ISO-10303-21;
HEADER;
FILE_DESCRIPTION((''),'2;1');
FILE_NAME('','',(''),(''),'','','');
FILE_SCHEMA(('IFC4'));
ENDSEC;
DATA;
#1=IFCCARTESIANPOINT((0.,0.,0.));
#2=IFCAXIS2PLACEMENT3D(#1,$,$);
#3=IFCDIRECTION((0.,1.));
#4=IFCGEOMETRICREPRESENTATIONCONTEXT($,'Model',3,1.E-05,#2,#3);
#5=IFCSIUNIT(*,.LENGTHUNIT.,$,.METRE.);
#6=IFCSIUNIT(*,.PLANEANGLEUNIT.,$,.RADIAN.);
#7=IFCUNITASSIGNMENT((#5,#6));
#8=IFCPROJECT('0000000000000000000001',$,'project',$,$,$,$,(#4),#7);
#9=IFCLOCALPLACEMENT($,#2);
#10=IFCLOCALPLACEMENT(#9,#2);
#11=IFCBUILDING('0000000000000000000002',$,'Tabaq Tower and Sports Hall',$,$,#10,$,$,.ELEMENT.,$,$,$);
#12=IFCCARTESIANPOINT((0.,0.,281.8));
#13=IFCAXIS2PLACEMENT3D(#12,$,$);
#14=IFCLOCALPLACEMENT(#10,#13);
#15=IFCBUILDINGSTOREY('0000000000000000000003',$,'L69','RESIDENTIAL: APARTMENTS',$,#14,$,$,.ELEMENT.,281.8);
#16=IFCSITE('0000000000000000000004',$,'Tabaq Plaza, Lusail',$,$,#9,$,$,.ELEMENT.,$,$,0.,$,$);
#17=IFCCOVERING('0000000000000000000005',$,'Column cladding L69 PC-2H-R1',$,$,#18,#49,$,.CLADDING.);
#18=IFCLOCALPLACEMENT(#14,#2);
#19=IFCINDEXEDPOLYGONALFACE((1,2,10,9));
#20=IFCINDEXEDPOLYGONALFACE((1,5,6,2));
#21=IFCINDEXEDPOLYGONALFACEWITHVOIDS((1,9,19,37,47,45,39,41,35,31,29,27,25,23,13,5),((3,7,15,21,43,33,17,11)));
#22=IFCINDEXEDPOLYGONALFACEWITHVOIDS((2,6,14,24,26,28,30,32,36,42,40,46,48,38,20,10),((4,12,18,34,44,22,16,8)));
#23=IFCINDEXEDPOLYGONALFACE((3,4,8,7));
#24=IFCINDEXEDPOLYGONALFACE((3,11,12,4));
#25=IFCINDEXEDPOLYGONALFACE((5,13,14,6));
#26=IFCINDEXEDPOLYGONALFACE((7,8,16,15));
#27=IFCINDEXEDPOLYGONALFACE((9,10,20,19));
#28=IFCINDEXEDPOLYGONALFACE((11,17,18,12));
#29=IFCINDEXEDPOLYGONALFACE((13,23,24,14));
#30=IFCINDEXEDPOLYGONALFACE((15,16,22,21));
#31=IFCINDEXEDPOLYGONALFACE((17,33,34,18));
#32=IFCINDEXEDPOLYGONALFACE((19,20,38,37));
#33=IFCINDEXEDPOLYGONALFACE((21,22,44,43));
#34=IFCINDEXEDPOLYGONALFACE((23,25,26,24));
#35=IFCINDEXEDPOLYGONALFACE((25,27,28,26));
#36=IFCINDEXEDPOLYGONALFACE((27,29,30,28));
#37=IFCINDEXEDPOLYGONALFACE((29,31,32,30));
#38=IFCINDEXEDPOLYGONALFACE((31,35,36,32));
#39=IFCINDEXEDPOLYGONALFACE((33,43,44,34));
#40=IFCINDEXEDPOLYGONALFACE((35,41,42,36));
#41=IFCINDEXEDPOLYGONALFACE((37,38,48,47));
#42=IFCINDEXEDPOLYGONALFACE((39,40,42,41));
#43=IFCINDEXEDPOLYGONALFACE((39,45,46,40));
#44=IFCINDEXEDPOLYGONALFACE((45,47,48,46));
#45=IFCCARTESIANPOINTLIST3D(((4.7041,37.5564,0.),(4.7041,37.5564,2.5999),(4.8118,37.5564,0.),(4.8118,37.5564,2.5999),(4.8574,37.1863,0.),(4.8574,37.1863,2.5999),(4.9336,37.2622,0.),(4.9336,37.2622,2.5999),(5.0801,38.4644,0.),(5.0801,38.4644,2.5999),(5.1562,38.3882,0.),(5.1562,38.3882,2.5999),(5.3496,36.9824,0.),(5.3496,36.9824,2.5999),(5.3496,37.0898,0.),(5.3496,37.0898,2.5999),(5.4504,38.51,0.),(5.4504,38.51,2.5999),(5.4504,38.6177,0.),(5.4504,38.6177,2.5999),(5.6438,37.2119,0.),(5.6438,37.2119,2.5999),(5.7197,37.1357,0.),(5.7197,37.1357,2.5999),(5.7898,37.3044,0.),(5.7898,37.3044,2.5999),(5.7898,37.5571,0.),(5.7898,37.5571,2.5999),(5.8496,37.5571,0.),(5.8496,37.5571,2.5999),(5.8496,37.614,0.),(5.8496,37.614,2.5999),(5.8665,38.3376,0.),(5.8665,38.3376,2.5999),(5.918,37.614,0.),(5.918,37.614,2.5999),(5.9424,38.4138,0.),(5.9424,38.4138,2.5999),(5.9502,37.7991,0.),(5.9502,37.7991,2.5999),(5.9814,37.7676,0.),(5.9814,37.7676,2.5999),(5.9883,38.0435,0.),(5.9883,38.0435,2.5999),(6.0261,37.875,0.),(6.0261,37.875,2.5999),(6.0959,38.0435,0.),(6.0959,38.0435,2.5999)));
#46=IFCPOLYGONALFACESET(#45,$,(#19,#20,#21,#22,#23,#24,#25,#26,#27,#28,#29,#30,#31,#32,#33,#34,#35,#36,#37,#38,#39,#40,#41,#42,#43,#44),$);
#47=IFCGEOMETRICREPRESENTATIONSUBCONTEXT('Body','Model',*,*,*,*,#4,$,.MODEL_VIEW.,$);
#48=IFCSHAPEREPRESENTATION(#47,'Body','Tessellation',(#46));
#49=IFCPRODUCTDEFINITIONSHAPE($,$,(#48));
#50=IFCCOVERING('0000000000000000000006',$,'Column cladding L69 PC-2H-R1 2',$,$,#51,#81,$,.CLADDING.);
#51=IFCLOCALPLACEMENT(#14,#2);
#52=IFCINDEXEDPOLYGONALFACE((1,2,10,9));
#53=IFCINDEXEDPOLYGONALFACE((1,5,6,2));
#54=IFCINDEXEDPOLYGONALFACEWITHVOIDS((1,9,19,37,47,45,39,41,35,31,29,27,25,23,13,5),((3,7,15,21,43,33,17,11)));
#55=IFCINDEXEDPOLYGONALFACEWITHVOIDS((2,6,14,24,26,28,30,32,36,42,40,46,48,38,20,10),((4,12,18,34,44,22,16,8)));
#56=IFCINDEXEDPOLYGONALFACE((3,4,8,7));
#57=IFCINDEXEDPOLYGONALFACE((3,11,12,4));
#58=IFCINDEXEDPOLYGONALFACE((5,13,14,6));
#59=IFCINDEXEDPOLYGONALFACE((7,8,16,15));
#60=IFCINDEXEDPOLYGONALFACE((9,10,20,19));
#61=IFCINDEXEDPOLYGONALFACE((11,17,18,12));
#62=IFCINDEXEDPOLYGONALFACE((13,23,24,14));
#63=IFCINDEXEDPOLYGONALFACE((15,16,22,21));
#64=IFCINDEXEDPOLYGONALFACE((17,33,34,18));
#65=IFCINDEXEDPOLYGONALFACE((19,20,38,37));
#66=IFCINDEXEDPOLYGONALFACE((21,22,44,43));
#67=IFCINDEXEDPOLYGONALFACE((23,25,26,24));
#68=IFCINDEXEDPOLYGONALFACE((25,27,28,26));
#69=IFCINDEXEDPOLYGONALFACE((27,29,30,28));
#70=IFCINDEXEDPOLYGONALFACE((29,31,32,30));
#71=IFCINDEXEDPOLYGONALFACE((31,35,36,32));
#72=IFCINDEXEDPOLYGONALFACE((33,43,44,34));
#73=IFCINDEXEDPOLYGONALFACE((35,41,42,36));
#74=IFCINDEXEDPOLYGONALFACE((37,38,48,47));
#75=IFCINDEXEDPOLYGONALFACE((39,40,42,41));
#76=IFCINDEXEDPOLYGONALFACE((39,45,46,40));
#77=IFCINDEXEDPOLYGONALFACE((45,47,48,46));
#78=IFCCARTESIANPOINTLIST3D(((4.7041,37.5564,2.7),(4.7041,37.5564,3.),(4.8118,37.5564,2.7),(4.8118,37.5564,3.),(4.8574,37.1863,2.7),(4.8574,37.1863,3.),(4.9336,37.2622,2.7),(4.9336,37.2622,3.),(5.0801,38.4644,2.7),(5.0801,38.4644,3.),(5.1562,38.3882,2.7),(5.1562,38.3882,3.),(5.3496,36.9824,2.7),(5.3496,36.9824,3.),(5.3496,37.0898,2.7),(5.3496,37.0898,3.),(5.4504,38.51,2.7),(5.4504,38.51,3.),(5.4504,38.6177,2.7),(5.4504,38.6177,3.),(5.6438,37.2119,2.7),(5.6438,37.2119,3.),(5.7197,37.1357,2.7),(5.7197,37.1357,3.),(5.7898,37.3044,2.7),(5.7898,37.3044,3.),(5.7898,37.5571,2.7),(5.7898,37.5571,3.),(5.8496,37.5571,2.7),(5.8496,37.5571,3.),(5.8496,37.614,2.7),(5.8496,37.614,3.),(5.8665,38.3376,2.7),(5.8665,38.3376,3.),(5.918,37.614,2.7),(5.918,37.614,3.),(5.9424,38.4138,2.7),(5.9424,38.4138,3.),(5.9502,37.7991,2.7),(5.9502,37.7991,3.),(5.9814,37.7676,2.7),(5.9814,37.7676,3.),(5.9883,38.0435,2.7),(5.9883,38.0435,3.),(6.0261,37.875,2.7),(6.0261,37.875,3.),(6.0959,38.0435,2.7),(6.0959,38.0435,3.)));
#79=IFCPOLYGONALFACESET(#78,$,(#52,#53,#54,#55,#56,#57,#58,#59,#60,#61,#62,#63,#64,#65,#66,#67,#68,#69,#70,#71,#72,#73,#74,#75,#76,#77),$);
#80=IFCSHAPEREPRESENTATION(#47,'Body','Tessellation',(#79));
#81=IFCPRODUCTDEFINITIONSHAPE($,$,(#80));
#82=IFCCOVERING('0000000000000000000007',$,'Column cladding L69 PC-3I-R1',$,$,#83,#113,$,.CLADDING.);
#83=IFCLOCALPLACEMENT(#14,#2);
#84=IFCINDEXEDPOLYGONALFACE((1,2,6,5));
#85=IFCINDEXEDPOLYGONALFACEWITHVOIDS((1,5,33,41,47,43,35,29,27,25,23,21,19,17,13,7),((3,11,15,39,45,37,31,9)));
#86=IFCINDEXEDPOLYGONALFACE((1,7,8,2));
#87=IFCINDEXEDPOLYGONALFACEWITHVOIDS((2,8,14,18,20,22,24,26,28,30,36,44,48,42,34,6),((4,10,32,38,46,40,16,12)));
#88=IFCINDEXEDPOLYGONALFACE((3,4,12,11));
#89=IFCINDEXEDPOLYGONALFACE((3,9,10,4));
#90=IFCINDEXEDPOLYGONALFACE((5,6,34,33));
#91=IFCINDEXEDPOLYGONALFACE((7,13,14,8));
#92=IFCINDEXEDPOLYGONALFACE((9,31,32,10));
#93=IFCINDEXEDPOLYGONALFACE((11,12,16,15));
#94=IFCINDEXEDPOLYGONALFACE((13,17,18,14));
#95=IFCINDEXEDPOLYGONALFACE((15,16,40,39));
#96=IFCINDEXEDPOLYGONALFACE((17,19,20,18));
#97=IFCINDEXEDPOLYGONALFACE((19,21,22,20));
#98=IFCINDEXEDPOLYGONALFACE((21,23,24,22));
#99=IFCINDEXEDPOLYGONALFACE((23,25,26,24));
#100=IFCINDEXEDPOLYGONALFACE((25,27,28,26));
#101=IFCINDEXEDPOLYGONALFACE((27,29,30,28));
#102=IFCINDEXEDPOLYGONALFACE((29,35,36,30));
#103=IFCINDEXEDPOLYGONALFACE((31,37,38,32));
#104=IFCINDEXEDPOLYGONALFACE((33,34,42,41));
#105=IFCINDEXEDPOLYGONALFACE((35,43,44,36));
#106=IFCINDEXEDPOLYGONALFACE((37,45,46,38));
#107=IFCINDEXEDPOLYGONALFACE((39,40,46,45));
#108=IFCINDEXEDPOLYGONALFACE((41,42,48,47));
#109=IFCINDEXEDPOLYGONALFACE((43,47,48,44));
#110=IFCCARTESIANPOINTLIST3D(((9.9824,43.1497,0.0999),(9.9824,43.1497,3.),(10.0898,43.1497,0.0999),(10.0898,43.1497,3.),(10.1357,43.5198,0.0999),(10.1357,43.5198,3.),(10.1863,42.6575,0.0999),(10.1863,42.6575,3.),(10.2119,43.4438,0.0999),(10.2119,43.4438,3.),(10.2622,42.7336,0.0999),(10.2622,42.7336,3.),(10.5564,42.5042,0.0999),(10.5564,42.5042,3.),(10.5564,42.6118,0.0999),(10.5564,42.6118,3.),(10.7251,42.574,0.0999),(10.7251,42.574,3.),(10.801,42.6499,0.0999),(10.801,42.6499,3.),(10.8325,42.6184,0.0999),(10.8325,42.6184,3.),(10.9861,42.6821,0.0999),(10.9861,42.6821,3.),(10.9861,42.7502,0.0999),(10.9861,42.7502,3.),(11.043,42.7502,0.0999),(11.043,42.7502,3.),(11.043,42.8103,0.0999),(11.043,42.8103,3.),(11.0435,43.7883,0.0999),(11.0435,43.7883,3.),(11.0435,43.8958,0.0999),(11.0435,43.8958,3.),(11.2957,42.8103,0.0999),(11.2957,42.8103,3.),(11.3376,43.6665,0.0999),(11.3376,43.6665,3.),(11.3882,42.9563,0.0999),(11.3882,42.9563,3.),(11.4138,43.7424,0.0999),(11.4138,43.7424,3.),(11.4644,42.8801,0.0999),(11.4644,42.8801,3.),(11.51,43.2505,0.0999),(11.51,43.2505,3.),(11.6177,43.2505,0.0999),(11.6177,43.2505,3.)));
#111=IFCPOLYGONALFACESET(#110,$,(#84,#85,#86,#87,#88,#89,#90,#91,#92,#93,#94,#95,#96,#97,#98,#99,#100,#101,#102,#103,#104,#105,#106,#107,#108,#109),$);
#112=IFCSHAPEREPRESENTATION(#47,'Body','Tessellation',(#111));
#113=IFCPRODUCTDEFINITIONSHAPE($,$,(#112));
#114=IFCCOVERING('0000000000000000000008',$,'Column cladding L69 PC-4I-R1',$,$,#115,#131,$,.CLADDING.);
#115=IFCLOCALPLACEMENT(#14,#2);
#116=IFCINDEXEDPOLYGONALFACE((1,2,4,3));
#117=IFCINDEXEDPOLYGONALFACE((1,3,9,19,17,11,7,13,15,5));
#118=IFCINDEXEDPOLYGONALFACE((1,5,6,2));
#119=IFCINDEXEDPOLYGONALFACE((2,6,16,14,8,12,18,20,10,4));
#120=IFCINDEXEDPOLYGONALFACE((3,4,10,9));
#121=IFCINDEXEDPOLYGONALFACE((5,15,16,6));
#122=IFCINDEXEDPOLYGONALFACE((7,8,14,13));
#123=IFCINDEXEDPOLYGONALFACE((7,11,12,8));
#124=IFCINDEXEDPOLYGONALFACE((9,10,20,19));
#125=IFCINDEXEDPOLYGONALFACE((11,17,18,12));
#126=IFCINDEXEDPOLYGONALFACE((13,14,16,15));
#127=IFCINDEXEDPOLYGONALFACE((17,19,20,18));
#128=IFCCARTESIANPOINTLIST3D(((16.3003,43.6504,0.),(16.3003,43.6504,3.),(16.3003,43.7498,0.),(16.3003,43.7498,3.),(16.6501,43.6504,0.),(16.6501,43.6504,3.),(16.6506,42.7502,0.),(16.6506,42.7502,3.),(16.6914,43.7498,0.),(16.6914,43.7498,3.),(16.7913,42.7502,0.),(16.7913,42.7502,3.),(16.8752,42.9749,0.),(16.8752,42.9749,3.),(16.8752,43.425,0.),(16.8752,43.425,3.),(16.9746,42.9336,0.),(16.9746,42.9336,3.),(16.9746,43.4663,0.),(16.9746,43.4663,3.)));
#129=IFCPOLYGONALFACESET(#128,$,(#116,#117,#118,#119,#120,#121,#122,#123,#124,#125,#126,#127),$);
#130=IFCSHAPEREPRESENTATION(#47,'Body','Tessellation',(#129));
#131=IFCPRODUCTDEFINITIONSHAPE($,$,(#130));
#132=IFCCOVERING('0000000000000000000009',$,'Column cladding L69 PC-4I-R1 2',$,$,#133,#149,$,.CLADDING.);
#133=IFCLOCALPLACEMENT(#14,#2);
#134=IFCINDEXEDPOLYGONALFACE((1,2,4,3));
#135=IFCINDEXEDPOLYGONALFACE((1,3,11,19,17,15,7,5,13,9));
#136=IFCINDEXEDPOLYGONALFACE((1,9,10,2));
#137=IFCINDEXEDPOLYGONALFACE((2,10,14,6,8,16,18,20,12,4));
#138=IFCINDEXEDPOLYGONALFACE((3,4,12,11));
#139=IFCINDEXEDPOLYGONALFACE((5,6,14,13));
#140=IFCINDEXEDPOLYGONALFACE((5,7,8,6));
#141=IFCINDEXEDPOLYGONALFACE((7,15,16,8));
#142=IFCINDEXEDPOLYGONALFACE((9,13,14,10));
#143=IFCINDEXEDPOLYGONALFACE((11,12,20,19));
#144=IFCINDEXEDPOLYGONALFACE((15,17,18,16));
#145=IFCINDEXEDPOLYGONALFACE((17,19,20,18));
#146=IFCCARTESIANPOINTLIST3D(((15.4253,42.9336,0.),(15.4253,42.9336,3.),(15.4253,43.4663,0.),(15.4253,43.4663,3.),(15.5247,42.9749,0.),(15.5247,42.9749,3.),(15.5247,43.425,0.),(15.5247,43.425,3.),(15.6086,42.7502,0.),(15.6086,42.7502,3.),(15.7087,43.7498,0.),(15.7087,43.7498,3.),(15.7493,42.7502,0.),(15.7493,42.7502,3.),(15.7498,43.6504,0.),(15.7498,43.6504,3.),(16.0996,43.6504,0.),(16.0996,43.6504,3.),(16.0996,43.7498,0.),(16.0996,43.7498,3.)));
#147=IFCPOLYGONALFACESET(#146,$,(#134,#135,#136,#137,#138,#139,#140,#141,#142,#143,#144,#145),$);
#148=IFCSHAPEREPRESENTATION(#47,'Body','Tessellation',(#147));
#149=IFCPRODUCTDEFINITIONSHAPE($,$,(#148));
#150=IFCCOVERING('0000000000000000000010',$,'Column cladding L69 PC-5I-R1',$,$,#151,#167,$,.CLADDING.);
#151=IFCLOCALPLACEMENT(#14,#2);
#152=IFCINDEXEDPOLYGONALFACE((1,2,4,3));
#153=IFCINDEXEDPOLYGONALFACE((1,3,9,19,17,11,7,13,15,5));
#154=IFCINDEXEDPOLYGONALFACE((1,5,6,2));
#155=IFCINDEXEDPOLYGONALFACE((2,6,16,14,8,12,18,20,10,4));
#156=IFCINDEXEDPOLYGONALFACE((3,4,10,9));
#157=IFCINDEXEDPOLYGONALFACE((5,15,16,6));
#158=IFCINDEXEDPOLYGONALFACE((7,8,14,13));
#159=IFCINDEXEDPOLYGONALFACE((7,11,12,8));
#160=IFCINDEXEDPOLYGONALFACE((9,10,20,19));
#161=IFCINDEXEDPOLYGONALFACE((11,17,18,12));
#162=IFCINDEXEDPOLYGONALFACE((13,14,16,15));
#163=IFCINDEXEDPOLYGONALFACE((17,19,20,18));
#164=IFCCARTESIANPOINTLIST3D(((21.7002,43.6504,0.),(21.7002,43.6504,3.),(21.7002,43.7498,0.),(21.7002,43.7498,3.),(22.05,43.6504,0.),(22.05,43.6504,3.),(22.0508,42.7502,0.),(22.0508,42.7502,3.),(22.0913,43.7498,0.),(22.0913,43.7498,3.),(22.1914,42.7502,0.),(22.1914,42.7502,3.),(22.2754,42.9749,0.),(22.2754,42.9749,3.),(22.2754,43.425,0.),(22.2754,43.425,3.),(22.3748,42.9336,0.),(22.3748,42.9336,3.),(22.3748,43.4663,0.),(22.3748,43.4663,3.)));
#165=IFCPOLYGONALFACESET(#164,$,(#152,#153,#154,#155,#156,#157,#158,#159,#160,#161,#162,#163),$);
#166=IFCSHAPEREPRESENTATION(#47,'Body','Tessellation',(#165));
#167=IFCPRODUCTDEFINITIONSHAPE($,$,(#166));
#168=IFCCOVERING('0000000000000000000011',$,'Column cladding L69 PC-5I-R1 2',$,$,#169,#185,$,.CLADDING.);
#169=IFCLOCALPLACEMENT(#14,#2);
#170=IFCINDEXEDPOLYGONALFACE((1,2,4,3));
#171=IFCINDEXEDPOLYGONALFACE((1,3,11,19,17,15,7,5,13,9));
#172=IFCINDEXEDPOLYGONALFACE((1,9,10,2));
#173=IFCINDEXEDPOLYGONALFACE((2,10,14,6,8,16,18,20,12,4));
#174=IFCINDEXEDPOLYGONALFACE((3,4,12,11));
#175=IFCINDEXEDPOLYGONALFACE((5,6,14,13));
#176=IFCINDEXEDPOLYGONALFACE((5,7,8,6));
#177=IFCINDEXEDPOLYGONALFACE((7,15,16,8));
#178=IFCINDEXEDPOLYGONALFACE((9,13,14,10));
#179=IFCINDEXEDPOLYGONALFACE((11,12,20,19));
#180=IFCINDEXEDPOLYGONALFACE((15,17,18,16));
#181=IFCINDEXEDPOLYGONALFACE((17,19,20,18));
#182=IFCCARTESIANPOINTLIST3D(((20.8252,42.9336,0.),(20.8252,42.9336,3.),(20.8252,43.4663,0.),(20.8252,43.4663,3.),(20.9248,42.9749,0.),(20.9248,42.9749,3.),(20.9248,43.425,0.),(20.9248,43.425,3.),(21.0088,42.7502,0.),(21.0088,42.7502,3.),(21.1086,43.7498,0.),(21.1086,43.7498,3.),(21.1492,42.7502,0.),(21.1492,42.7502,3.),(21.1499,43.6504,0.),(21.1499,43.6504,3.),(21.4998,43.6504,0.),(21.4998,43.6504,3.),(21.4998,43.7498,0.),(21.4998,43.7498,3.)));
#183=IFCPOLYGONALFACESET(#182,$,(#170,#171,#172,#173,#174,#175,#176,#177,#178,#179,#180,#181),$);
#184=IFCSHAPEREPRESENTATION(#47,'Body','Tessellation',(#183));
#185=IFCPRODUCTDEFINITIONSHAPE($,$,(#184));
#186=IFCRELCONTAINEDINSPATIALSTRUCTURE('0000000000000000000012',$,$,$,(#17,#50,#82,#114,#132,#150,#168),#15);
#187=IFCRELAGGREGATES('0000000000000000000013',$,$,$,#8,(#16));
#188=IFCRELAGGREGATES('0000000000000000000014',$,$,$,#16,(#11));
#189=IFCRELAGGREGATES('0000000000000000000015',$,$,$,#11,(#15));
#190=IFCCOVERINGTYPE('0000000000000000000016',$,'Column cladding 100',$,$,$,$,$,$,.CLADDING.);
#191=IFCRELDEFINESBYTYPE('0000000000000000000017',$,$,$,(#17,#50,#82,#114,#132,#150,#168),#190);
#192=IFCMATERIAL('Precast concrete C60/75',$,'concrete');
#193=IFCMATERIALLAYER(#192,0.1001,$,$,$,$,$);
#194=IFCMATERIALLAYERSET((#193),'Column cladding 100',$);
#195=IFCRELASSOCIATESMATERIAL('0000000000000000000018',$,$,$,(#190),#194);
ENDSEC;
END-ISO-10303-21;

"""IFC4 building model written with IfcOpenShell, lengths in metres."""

from ifc_helpers import new_model, si_unit, direction, frame, origin, place, context, subcontext, project, spatial, polyline, outline, extrude, material, layer, layer_set, type_object, element, save


model = new_model("IFC4")

# Units and contexts
model_context = context("Model", 3, precision=1e-05, world=origin(), true_north=direction((0.0, 1.0)))
body_context = subcontext(model_context, "Body", "Model", "MODEL_VIEW")
ifc_project = project(units=[si_unit("LENGTHUNIT", "METRE"), si_unit("PLANEANGLEUNIT", "RADIAN")], contexts=[model_context])

# Site, building, storey
site_placement = place(None, origin())
site = spatial("IfcSite", under=ifc_project, at=site_placement, Name="Tabaq Plaza, Lusail", CompositionType="ELEMENT", RefElevation=0.0)
building_placement = place(site_placement, origin())
building = spatial("IfcBuilding", under=site, at=building_placement, Name="Tabaq Tower and Sports Hall", CompositionType="ELEMENT")
storey_placement = place(building_placement, frame((0.0, 0.0, 281.8)))
storey = spatial("IfcBuildingStorey", under=building, at=storey_placement, Name="L69", Description="RESIDENTIAL: APARTMENTS", CompositionType="ELEMENT", Elevation=281.8)

# Coverings
ifc_material_1 = material(Name="Precast concrete C60/75", Category="concrete")
ifc_layer_1 = layer(ifc_material_1, 0.1001)
ifc_layer_set_1 = layer_set([ifc_layer_1], Name="Column cladding 100")
covering_type_1 = type_object("IfcCoveringType", Name="Column cladding 100", PredefinedType="CLADDING", material=ifc_layer_set_1)
covering_1_placement = place(storey_placement, origin())
element("IfcCovering", 1, at=covering_1_placement, inside=storey, type_object=covering_type_1, Name="Column cladding L69 PC-2H-R1", PredefinedType="CLADDING", context=body_context, shape_type="SweptSolid", body=[
    extrude(outline(polyline([(4.8574, 37.1863), (4.7041, 37.5564), (5.0801, 38.4644), (5.4504, 38.6177), (5.9424, 38.4138), (6.0959, 38.0435), (6.0261, 37.875), (5.9502, 37.7991), (5.9814, 37.7676), (5.918, 37.614), (5.8496, 37.614), (5.8496, 37.5571), (5.7898, 37.5571), (5.7898, 37.3044), (5.7197, 37.1357), (5.3496, 36.9824), (4.8574, 37.1863)]), holes=[polyline([(5.8665, 38.3376), (5.4504, 38.51), (5.1562, 38.3882), (4.8118, 37.5564), (4.9336, 37.2622), (5.3496, 37.0898), (5.6438, 37.2119), (5.9883, 38.0435), (5.8665, 38.3376)])]), origin(), (0.0, 0.0, 1.0), 2.5999),
])
covering_2_placement = place(storey_placement, frame((0.0, 0.0, 2.7)))
element("IfcCovering", 2, at=covering_2_placement, inside=storey, type_object=covering_type_1, Name="Column cladding L69 PC-2H-R1 2", PredefinedType="CLADDING", context=body_context, shape_type="SweptSolid", body=[
    extrude(outline(polyline([(4.8574, 37.1863), (4.7041, 37.5564), (5.0801, 38.4644), (5.4504, 38.6177), (5.9424, 38.4138), (6.0959, 38.0435), (6.0261, 37.875), (5.9502, 37.7991), (5.9814, 37.7676), (5.918, 37.614), (5.8496, 37.614), (5.8496, 37.5571), (5.7898, 37.5571), (5.7898, 37.3044), (5.7197, 37.1357), (5.3496, 36.9824), (4.8574, 37.1863)]), holes=[polyline([(5.8665, 38.3376), (5.4504, 38.51), (5.1562, 38.3882), (4.8118, 37.5564), (4.9336, 37.2622), (5.3496, 37.0898), (5.6438, 37.2119), (5.9883, 38.0435), (5.8665, 38.3376)])]), origin(), (0.0, 0.0, 1.0), 0.3),
])
covering_3_placement = place(storey_placement, frame((0.0, 0.0, 0.0999)))
element("IfcCovering", 3, at=covering_3_placement, inside=storey, type_object=covering_type_1, Name="Column cladding L69 PC-3I-R1", PredefinedType="CLADDING", context=body_context, shape_type="SweptSolid", body=[
    extrude(outline(polyline([(9.9824, 43.1497), (10.1357, 43.5198), (11.0435, 43.8958), (11.4138, 43.7424), (11.6177, 43.2505), (11.4644, 42.8801), (11.2957, 42.8103), (11.043, 42.8103), (11.043, 42.7502), (10.9861, 42.7502), (10.9861, 42.6821), (10.8325, 42.6184), (10.801, 42.6499), (10.7251, 42.574), (10.5564, 42.5042), (10.1863, 42.6575), (9.9824, 43.1497)]), holes=[polyline([(11.51, 43.2505), (11.3376, 43.6665), (11.0435, 43.7883), (10.2119, 43.4438), (10.0898, 43.1497), (10.2622, 42.7336), (10.5564, 42.6118), (11.3882, 42.9563), (11.51, 43.2505)])]), origin(), (0.0, 0.0, 1.0), 2.9001),
])
covering_4_placement = place(storey_placement, origin())
element("IfcCovering", 4, at=covering_4_placement, inside=storey, type_object=covering_type_1, Name="Column cladding L69 PC-4I-R1", PredefinedType="CLADDING", context=body_context, shape_type="SweptSolid", body=[
    extrude(outline(polyline([(16.6914, 43.7498), (16.9746, 43.4663), (16.9746, 42.9336), (16.7913, 42.7502), (16.6506, 42.7502), (16.8752, 42.9749), (16.8752, 43.425), (16.6501, 43.6504), (16.3003, 43.6504), (16.3003, 43.7498), (16.6914, 43.7498)])), origin(), (0.0, 0.0, 1.0), 3.0),
])
covering_5_placement = place(storey_placement, origin())
element("IfcCovering", 5, at=covering_5_placement, inside=storey, type_object=covering_type_1, Name="Column cladding L69 PC-4I-R1 2", PredefinedType="CLADDING", context=body_context, shape_type="SweptSolid", body=[
    extrude(outline(polyline([(15.4253, 43.4663), (15.7087, 43.7498), (16.0996, 43.7498), (16.0996, 43.6504), (15.7498, 43.6504), (15.5247, 43.425), (15.5247, 42.9749), (15.7493, 42.7502), (15.6086, 42.7502), (15.4253, 42.9336), (15.4253, 43.4663)])), origin(), (0.0, 0.0, 1.0), 3.0),
])
covering_6_placement = place(storey_placement, origin())
element("IfcCovering", 6, at=covering_6_placement, inside=storey, type_object=covering_type_1, Name="Column cladding L69 PC-5I-R1", PredefinedType="CLADDING", context=body_context, shape_type="SweptSolid", body=[
    extrude(outline(polyline([(22.0913, 43.7498), (22.3748, 43.4663), (22.3748, 42.9336), (22.1914, 42.7502), (22.0508, 42.7502), (22.2754, 42.9749), (22.2754, 43.425), (22.05, 43.6504), (21.7002, 43.6504), (21.7002, 43.7498), (22.0913, 43.7498)])), origin(), (0.0, 0.0, 1.0), 3.0),
])
covering_7_placement = place(storey_placement, origin())
element("IfcCovering", 7, at=covering_7_placement, inside=storey, type_object=covering_type_1, Name="Column cladding L69 PC-5I-R1 2", PredefinedType="CLADDING", context=body_context, shape_type="SweptSolid", body=[
    extrude(outline(polyline([(20.8252, 43.4663), (21.1086, 43.7498), (21.4998, 43.7498), (21.4998, 43.6504), (21.1499, 43.6504), (20.9248, 43.425), (20.9248, 42.9749), (21.1492, 42.7502), (21.0088, 42.7502), (20.8252, 42.9336), (20.8252, 43.4663)])), origin(), (0.0, 0.0, 1.0), 3.0),
])

save(model, "model.ifc")
